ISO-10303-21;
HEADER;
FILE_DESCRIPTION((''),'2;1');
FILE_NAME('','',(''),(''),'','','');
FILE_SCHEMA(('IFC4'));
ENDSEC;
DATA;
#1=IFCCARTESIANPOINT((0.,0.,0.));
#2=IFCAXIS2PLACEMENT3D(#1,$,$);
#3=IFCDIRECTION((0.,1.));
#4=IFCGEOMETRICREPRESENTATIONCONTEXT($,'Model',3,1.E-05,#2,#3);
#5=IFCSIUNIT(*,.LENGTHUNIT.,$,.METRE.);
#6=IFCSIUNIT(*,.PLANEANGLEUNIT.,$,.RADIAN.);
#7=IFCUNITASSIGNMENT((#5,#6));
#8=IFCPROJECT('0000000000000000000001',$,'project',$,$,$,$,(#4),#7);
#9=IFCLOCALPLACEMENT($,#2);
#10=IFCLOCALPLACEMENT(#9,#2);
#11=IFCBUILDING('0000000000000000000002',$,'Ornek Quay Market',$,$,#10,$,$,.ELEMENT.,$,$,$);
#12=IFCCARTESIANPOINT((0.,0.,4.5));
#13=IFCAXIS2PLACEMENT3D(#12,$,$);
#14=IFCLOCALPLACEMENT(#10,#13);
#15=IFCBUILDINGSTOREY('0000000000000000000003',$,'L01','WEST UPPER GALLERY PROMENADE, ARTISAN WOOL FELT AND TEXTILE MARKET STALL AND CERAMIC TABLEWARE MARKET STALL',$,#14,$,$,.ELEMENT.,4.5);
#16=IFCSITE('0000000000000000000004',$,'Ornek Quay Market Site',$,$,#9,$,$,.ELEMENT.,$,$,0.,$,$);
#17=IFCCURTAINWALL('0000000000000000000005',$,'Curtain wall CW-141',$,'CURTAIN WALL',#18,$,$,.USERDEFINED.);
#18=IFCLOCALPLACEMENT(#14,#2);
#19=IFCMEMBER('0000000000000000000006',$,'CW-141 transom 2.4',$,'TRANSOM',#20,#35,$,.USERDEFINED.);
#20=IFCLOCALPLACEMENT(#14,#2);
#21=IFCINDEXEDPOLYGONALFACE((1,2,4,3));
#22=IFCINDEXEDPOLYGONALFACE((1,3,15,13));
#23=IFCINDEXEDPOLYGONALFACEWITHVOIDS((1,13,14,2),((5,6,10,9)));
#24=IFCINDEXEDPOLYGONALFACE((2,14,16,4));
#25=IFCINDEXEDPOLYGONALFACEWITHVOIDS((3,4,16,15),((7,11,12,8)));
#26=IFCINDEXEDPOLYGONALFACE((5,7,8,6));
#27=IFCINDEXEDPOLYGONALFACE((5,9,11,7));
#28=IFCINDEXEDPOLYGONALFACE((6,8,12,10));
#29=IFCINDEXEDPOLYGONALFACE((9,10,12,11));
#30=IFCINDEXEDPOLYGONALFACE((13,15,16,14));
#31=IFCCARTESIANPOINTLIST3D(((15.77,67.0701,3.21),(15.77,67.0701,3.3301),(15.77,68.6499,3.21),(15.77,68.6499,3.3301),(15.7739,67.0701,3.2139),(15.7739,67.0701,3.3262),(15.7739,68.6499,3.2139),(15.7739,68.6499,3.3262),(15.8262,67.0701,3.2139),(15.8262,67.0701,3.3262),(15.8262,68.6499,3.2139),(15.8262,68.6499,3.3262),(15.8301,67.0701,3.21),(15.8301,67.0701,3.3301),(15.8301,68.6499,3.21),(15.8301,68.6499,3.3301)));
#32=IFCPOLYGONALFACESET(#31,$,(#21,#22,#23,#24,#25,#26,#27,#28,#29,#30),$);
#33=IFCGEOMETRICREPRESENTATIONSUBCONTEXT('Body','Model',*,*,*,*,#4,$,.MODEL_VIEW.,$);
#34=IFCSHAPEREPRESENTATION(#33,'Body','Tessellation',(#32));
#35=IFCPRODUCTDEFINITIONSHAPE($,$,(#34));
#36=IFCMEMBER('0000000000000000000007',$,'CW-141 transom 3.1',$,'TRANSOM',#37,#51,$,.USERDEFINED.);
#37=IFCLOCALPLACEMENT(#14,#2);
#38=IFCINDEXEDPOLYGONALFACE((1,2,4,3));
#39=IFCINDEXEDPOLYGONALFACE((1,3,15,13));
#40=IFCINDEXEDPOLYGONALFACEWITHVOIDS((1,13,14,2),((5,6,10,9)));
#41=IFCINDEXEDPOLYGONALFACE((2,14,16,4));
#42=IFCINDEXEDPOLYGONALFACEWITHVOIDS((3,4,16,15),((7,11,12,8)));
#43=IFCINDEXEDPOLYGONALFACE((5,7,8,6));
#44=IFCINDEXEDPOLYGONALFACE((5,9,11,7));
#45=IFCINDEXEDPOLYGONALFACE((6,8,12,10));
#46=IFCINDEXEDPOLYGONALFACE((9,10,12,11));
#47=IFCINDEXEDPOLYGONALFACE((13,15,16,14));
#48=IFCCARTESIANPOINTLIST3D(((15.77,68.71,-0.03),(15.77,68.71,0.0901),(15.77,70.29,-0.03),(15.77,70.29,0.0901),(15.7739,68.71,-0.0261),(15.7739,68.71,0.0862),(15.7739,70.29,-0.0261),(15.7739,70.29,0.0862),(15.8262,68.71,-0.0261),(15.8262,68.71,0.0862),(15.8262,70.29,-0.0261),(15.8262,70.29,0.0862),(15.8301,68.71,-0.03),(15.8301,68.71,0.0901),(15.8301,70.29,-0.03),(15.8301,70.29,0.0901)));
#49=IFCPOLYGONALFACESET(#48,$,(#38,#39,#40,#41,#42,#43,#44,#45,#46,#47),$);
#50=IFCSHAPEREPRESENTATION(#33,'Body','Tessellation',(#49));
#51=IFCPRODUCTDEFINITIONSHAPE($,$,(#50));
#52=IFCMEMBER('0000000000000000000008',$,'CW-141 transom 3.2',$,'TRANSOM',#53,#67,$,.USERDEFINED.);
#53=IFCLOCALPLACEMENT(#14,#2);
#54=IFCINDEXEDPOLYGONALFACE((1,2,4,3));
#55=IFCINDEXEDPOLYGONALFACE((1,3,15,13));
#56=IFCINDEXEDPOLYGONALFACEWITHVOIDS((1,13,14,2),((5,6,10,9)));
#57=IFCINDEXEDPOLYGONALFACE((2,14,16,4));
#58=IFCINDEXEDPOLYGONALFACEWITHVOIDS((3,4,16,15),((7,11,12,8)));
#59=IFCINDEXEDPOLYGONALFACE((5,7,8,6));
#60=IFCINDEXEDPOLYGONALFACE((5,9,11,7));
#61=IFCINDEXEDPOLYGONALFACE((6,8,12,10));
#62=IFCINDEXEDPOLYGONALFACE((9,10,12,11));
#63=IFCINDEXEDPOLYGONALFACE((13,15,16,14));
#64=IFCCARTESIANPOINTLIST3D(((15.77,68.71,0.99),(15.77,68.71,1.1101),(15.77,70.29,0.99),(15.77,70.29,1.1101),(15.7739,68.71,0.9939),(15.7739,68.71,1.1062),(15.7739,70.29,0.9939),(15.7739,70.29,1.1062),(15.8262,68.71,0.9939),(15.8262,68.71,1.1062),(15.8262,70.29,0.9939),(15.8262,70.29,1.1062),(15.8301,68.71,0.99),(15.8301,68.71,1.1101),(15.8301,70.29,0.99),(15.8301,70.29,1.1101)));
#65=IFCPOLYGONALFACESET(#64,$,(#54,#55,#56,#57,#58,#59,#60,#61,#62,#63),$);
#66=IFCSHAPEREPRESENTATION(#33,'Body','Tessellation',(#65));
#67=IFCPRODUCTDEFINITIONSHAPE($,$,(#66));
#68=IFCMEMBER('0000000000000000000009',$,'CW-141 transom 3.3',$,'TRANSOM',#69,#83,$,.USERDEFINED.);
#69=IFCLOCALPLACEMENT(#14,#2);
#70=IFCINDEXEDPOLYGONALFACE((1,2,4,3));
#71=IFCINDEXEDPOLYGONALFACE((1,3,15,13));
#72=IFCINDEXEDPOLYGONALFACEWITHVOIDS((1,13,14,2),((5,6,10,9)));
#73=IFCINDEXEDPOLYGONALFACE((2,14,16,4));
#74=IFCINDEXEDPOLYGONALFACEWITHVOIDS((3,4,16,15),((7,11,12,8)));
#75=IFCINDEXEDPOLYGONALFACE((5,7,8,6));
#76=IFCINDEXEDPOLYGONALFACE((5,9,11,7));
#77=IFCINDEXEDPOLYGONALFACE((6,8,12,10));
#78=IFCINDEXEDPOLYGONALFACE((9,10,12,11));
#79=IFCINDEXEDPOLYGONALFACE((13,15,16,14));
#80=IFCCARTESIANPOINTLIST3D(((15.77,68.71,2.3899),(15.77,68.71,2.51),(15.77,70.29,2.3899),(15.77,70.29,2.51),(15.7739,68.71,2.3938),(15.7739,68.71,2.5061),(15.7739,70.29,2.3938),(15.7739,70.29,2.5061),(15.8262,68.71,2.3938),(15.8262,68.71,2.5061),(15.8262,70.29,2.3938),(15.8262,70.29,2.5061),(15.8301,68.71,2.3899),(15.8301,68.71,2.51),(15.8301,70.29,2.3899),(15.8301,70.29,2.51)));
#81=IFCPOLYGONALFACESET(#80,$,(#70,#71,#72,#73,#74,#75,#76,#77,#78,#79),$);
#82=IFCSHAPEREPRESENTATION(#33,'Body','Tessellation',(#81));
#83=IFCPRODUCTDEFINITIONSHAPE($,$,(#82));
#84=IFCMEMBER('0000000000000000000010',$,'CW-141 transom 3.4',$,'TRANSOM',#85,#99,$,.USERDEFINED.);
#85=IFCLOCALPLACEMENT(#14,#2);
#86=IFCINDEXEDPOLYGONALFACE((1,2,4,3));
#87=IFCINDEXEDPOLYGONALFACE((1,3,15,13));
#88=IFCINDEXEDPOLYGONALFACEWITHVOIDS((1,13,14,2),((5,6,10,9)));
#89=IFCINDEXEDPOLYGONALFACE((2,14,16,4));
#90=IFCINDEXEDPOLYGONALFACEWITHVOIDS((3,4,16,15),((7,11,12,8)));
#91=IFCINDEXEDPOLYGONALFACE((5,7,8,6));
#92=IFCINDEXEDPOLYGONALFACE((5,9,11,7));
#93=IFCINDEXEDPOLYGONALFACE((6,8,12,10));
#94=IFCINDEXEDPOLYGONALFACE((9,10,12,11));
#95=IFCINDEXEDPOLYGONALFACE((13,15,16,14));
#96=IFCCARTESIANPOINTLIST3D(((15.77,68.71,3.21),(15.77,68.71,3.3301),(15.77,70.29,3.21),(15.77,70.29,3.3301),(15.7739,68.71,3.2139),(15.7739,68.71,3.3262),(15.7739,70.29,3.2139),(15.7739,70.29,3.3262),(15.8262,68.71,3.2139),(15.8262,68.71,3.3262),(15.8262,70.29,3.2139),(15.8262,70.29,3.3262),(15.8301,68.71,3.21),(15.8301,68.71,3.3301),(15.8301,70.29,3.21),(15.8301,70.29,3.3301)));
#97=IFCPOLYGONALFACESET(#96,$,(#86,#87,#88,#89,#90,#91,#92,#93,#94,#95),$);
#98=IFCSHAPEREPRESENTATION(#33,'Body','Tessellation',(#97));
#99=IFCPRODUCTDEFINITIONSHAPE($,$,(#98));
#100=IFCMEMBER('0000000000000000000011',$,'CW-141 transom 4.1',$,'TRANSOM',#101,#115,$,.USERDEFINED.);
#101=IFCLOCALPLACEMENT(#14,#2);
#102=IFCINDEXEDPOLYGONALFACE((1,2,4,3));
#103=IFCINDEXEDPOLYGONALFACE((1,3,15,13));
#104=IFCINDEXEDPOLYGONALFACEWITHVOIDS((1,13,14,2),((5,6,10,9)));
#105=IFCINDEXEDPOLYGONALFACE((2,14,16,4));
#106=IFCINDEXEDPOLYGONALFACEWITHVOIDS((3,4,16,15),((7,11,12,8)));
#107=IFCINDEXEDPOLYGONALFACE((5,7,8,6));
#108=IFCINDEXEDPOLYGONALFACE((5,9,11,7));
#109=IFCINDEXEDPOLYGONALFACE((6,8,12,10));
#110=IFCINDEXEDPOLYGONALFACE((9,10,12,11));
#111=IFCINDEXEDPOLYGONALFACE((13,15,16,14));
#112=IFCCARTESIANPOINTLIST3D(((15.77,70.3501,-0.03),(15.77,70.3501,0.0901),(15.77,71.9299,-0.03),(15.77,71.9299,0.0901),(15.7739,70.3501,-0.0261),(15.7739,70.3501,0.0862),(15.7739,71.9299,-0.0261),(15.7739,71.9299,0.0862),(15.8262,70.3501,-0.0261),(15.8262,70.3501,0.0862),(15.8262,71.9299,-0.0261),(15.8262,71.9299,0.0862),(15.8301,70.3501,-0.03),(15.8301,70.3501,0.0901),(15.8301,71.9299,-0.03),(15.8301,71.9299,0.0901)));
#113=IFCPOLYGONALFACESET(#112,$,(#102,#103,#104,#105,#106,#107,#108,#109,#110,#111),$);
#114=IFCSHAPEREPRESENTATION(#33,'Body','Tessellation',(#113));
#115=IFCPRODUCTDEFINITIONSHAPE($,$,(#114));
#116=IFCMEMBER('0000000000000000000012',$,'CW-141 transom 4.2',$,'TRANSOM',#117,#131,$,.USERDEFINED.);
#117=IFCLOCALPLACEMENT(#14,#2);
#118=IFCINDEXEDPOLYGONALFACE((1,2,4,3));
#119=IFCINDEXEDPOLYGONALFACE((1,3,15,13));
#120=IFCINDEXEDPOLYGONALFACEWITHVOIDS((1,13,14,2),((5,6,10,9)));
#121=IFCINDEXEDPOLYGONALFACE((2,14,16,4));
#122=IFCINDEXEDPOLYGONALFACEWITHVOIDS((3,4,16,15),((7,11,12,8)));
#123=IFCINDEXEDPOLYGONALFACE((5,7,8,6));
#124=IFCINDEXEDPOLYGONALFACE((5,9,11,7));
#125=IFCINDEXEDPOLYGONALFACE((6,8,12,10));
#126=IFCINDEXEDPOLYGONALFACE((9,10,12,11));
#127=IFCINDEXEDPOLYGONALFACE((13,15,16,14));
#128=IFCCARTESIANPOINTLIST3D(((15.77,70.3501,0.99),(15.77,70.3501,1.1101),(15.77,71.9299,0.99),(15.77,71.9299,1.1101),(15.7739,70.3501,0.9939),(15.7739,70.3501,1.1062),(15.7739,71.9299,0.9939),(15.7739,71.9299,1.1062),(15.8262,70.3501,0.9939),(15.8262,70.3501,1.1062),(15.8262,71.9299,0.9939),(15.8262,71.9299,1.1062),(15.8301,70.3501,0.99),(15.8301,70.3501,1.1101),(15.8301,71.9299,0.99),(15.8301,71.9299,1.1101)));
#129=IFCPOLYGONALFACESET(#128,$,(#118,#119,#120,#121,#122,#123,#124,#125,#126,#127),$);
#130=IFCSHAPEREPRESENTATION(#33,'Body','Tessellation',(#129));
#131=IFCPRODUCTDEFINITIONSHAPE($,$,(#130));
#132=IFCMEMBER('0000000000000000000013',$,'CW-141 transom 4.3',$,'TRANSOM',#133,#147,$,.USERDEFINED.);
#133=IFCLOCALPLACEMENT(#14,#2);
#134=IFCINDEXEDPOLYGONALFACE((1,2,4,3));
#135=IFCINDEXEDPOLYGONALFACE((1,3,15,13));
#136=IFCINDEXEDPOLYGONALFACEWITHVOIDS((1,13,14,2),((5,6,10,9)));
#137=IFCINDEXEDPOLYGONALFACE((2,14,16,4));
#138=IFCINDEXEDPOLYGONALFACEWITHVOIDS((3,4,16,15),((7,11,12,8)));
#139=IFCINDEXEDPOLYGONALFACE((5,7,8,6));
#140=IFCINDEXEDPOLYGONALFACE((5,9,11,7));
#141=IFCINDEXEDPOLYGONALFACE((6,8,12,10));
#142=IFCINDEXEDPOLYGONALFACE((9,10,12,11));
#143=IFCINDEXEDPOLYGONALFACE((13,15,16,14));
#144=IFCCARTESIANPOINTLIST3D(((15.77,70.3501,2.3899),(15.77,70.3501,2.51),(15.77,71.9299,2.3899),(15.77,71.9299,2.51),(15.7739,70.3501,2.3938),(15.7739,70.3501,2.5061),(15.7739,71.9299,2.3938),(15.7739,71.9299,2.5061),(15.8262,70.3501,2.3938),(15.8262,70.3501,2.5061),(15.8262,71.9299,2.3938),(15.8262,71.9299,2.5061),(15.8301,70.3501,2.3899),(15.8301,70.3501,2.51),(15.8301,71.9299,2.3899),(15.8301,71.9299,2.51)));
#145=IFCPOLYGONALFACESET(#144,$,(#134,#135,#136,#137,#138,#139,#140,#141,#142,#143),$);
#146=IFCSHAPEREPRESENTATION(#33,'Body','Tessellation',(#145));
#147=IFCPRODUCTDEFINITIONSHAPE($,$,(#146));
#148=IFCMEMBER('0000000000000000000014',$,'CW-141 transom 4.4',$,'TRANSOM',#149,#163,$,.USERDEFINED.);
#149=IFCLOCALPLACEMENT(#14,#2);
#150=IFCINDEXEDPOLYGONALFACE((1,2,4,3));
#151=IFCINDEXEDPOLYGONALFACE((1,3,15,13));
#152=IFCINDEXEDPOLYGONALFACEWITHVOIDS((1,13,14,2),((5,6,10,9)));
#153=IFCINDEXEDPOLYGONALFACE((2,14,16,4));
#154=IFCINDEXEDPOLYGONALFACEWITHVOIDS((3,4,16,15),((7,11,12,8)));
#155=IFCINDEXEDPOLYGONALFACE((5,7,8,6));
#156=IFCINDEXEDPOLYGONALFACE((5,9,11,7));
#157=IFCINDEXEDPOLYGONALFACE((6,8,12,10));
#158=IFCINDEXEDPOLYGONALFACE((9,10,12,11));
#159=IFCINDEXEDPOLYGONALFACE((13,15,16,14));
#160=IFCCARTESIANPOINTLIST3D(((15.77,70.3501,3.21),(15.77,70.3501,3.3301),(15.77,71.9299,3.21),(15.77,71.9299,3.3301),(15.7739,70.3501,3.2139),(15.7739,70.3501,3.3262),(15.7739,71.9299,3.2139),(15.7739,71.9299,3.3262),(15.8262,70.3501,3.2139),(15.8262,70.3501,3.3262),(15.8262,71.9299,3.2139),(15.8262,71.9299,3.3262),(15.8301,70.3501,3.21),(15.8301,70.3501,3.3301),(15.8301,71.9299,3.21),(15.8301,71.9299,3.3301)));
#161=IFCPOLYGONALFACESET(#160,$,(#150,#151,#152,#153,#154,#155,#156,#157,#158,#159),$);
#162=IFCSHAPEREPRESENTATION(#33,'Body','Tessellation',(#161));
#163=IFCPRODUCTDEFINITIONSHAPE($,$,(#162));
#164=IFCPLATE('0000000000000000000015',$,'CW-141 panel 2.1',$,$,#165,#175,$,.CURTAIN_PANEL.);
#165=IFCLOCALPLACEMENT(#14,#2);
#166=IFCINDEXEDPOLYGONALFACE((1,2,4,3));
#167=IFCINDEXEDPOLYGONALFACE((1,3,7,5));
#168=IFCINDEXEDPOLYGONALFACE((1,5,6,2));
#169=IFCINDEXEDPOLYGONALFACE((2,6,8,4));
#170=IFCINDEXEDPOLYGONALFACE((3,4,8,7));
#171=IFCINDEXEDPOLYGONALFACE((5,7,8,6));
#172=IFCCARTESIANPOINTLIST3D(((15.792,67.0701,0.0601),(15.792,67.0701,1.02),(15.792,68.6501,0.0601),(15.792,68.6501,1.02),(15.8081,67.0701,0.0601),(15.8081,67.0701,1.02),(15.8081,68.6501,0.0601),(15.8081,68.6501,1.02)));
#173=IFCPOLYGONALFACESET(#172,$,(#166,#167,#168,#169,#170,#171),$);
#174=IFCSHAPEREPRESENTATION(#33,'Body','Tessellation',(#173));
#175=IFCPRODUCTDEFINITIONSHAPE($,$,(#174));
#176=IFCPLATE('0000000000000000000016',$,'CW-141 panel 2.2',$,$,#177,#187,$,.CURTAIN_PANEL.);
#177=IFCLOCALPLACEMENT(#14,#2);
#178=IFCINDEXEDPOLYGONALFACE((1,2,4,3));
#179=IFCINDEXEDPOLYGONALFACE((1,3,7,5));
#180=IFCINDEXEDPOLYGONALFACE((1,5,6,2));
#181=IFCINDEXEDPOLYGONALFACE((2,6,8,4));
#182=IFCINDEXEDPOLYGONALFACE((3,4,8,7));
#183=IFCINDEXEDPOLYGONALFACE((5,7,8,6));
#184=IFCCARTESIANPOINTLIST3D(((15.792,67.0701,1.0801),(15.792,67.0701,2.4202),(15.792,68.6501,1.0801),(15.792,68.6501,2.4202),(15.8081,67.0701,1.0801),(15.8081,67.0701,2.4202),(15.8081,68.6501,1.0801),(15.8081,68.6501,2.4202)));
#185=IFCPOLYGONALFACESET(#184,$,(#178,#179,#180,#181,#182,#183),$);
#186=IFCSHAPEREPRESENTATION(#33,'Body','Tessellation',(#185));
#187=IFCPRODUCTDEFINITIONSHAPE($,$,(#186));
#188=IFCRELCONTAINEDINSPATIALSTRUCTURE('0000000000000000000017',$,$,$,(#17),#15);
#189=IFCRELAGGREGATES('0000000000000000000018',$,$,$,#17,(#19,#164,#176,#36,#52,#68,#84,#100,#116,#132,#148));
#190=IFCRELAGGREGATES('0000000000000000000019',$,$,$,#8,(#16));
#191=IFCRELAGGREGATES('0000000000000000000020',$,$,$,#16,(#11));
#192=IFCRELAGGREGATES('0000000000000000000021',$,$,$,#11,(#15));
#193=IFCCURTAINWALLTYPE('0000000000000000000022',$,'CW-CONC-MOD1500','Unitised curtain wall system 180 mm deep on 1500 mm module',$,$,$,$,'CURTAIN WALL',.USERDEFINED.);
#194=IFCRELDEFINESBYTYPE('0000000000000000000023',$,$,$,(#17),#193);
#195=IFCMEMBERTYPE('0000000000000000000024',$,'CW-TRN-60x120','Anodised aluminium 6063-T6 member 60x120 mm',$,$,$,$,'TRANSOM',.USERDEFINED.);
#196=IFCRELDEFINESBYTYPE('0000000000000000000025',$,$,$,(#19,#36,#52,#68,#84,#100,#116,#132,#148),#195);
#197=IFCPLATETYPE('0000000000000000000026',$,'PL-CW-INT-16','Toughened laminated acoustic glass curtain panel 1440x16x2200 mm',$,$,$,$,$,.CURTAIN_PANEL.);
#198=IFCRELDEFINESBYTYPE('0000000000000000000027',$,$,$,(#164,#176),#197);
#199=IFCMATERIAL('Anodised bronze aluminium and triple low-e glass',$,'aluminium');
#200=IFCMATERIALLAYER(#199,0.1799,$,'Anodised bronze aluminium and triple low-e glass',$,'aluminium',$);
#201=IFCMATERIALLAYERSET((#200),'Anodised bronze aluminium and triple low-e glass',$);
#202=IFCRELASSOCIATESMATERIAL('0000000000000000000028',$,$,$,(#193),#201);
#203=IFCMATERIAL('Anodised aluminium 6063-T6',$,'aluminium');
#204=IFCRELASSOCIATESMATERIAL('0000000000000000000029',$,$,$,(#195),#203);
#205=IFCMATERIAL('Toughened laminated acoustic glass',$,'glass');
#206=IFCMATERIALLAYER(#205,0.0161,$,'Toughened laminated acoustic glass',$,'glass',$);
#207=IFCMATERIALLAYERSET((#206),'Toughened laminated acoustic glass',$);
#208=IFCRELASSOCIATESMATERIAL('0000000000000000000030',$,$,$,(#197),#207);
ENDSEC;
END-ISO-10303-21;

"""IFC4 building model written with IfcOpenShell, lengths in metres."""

from ifc_helpers import new_model, si_unit, direction, frame, origin, origin_2d, place, context, subcontext, project, spatial, rectangle, hollow_rectangle, extrude, material, layer, layer_set, material_profile, profile_set, type_object, element, aggregate, save


model = new_model("IFC4")

# Units and contexts
model_context = context("Model", 3, precision=1e-05, world=origin(), true_north=direction((0.0, 1.0)))
body_context = subcontext(model_context, "Body", "Model", "MODEL_VIEW")
ifc_project = project(units=[si_unit("LENGTHUNIT", "METRE"), si_unit("PLANEANGLEUNIT", "RADIAN")], contexts=[model_context])

# Site, building, storey
site_placement = place(None, origin())
site = spatial("IfcSite", under=ifc_project, at=site_placement, Name="Ornek Quay Market Site", CompositionType="ELEMENT", RefElevation=0.0)
building_placement = place(site_placement, origin())
building = spatial("IfcBuilding", under=site, at=building_placement, Name="Ornek Quay Market", CompositionType="ELEMENT")
storey_placement = place(building_placement, frame((0.0, 0.0, 4.5)))
storey = spatial("IfcBuildingStorey", under=building, at=storey_placement, Name="L01", Description="WEST UPPER GALLERY PROMENADE, ARTISAN WOOL FELT AND TEXTILE MARKET STALL AND CERAMIC TABLEWARE MARKET STALL", CompositionType="ELEMENT", Elevation=4.5)

# Curtain wall, members, plates
ifc_material_1 = material(Name="Anodised bronze aluminium and triple low-e glass", Category="aluminium")
ifc_layer_1 = layer(ifc_material_1, 0.1799, Name="Anodised bronze aluminium and triple low-e glass", Category="aluminium")
ifc_layer_set_1 = layer_set([ifc_layer_1], Name="Anodised bronze aluminium and triple low-e glass")
curtain_wall_type = type_object("IfcCurtainWallType", Name="CW-CONC-MOD1500", Description="Unitised curtain wall system 180 mm deep on 1500 mm module", ElementType="CURTAIN WALL", PredefinedType="USERDEFINED", material=ifc_layer_set_1)
curtain_wall_placement = place(storey_placement, origin())
curtain_wall = element("IfcCurtainWall", 1, at=curtain_wall_placement, inside=storey, type_object=curtain_wall_type, Name="Curtain wall CW-141", ObjectType="CURTAIN WALL", PredefinedType="USERDEFINED")
ifc_material_2 = material(Name="Anodised aluminium 6063-T6", Category="aluminium")
ifc_material_profile_1 = material_profile(ifc_material_2, hollow_rectangle(XDim=0.0601, YDim=0.1201, WallThickness=0.0039, at=origin_2d()), Name="CW-TRN-60x120", Category="aluminium")
ifc_profile_set_1 = profile_set([ifc_material_profile_1], Name="Anodised aluminium 6063-T6")
member_type_1 = type_object("IfcMemberType", Name="CW-TRN-60x120", Description="Anodised aluminium 6063-T6 member 60x120 mm", ElementType="TRANSOM", PredefinedType="USERDEFINED", material=ifc_profile_set_1)
member_1_placement = place(storey_placement, frame((15.8, 67.0701, 3.27), z_axis=(0.0, 1.0, 0.0), x_axis=(-1.0, 0.0, 0.0)))
member_1 = element("IfcMember", 2, at=member_1_placement, type_object=member_type_1, Name="CW-141 transom 2.4", ObjectType="TRANSOM", PredefinedType="USERDEFINED", context=body_context, shape_type="SweptSolid", body=[
    extrude(hollow_rectangle(XDim=0.0601, YDim=0.1201, WallThickness=0.0039, at=origin_2d()), origin(), (0.0, 0.0, 1.0), 1.5798),
])
member_2_placement = place(storey_placement, frame((15.8, 68.71, 0.03), z_axis=(0.0, 1.0, 0.0), x_axis=(-1.0, 0.0, 0.0)))
member_2 = element("IfcMember", 3, at=member_2_placement, type_object=member_type_1, Name="CW-141 transom 3.1", ObjectType="TRANSOM", PredefinedType="USERDEFINED", context=body_context, shape_type="SweptSolid", body=[
    extrude(hollow_rectangle(XDim=0.0601, YDim=0.1201, WallThickness=0.0039, at=origin_2d()), origin(), (0.0, 0.0, 1.0), 1.5801),
])
member_3_placement = place(storey_placement, frame((15.8, 68.71, 1.05), z_axis=(0.0, 1.0, 0.0), x_axis=(-1.0, 0.0, 0.0)))
member_3 = element("IfcMember", 4, at=member_3_placement, type_object=member_type_1, Name="CW-141 transom 3.2", ObjectType="TRANSOM", PredefinedType="USERDEFINED", context=body_context, shape_type="SweptSolid", body=[
    extrude(hollow_rectangle(XDim=0.0601, YDim=0.1201, WallThickness=0.0039, at=origin_2d()), origin(), (0.0, 0.0, 1.0), 1.5801),
])
member_4_placement = place(storey_placement, frame((15.8, 68.71, 2.45), z_axis=(0.0, 1.0, 0.0), x_axis=(-1.0, 0.0, 0.0)))
member_4 = element("IfcMember", 5, at=member_4_placement, type_object=member_type_1, Name="CW-141 transom 3.3", ObjectType="TRANSOM", PredefinedType="USERDEFINED", context=body_context, shape_type="SweptSolid", body=[
    extrude(hollow_rectangle(XDim=0.0601, YDim=0.1201, WallThickness=0.0039, at=origin_2d()), origin(), (0.0, 0.0, 1.0), 1.5801),
])
member_5_placement = place(storey_placement, frame((15.8, 68.71, 3.27), z_axis=(0.0, 1.0, 0.0), x_axis=(-1.0, 0.0, 0.0)))
member_5 = element("IfcMember", 6, at=member_5_placement, type_object=member_type_1, Name="CW-141 transom 3.4", ObjectType="TRANSOM", PredefinedType="USERDEFINED", context=body_context, shape_type="SweptSolid", body=[
    extrude(hollow_rectangle(XDim=0.0601, YDim=0.1201, WallThickness=0.0039, at=origin_2d()), origin(), (0.0, 0.0, 1.0), 1.5801),
])
member_6_placement = place(storey_placement, frame((15.8, 70.3501, 0.03), z_axis=(0.0, 1.0, 0.0), x_axis=(-1.0, 0.0, 0.0)))
member_6 = element("IfcMember", 7, at=member_6_placement, type_object=member_type_1, Name="CW-141 transom 4.1", ObjectType="TRANSOM", PredefinedType="USERDEFINED", context=body_context, shape_type="SweptSolid", body=[
    extrude(hollow_rectangle(XDim=0.0601, YDim=0.1201, WallThickness=0.0039, at=origin_2d()), origin(), (0.0, 0.0, 1.0), 1.5798),
])
member_7_placement = place(storey_placement, frame((15.8, 70.3501, 1.05), z_axis=(0.0, 1.0, 0.0), x_axis=(-1.0, 0.0, 0.0)))
member_7 = element("IfcMember", 8, at=member_7_placement, type_object=member_type_1, Name="CW-141 transom 4.2", ObjectType="TRANSOM", PredefinedType="USERDEFINED", context=body_context, shape_type="SweptSolid", body=[
    extrude(hollow_rectangle(XDim=0.0601, YDim=0.1201, WallThickness=0.0039, at=origin_2d()), origin(), (0.0, 0.0, 1.0), 1.5798),
])
member_8_placement = place(storey_placement, frame((15.8, 70.3501, 2.45), z_axis=(0.0, 1.0, 0.0), x_axis=(-1.0, 0.0, 0.0)))
member_8 = element("IfcMember", 9, at=member_8_placement, type_object=member_type_1, Name="CW-141 transom 4.3", ObjectType="TRANSOM", PredefinedType="USERDEFINED", context=body_context, shape_type="SweptSolid", body=[
    extrude(hollow_rectangle(XDim=0.0601, YDim=0.1201, WallThickness=0.0039, at=origin_2d()), origin(), (0.0, 0.0, 1.0), 1.5798),
])
member_9_placement = place(storey_placement, frame((15.8, 70.3501, 3.27), z_axis=(0.0, 1.0, 0.0), x_axis=(-1.0, 0.0, 0.0)))
member_9 = element("IfcMember", 10, at=member_9_placement, type_object=member_type_1, Name="CW-141 transom 4.4", ObjectType="TRANSOM", PredefinedType="USERDEFINED", context=body_context, shape_type="SweptSolid", body=[
    extrude(hollow_rectangle(XDim=0.0601, YDim=0.1201, WallThickness=0.0039, at=origin_2d()), origin(), (0.0, 0.0, 1.0), 1.5798),
])
ifc_material_3 = material(Name="Toughened laminated acoustic glass", Category="glass")
ifc_layer_2 = layer(ifc_material_3, 0.0161, Name="Toughened laminated acoustic glass", Category="glass")
ifc_layer_set_2 = layer_set([ifc_layer_2], Name="Toughened laminated acoustic glass")
plate_type = type_object("IfcPlateType", Name="PL-CW-INT-16", Description="Toughened laminated acoustic glass curtain panel 1440x16x2200 mm", PredefinedType="CURTAIN_PANEL", material=ifc_layer_set_2)
plate_1_placement = place(storey_placement, frame((15.8, 67.8601, 0.0601), z_axis=(0.0, 0.0, 1.0), x_axis=(0.0, 1.0, 0.0)))
plate_1 = element("IfcPlate", 11, at=plate_1_placement, type_object=plate_type, Name="CW-141 panel 2.1", PredefinedType="CURTAIN_PANEL", context=body_context, shape_type="SweptSolid", body=[
    extrude(rectangle(XDim=1.5801, YDim=0.0161, at=origin_2d()), origin(), (0.0, 0.0, 1.0), 0.96),
])
plate_2_placement = place(storey_placement, frame((15.8, 67.8601, 1.0801), z_axis=(0.0, 0.0, 1.0), x_axis=(0.0, 1.0, 0.0)))
plate_2 = element("IfcPlate", 12, at=plate_2_placement, type_object=plate_type, Name="CW-141 panel 2.2", PredefinedType="CURTAIN_PANEL", context=body_context, shape_type="SweptSolid", body=[
    extrude(rectangle(XDim=1.5801, YDim=0.0161, at=origin_2d()), origin(), (0.0, 0.0, 1.0), 1.3401),
])
aggregate(curtain_wall, [member_1, plate_1, plate_2, member_2, member_3, member_4, member_5, member_6, member_7, member_8, member_9])

save(model, "model.ifc")
